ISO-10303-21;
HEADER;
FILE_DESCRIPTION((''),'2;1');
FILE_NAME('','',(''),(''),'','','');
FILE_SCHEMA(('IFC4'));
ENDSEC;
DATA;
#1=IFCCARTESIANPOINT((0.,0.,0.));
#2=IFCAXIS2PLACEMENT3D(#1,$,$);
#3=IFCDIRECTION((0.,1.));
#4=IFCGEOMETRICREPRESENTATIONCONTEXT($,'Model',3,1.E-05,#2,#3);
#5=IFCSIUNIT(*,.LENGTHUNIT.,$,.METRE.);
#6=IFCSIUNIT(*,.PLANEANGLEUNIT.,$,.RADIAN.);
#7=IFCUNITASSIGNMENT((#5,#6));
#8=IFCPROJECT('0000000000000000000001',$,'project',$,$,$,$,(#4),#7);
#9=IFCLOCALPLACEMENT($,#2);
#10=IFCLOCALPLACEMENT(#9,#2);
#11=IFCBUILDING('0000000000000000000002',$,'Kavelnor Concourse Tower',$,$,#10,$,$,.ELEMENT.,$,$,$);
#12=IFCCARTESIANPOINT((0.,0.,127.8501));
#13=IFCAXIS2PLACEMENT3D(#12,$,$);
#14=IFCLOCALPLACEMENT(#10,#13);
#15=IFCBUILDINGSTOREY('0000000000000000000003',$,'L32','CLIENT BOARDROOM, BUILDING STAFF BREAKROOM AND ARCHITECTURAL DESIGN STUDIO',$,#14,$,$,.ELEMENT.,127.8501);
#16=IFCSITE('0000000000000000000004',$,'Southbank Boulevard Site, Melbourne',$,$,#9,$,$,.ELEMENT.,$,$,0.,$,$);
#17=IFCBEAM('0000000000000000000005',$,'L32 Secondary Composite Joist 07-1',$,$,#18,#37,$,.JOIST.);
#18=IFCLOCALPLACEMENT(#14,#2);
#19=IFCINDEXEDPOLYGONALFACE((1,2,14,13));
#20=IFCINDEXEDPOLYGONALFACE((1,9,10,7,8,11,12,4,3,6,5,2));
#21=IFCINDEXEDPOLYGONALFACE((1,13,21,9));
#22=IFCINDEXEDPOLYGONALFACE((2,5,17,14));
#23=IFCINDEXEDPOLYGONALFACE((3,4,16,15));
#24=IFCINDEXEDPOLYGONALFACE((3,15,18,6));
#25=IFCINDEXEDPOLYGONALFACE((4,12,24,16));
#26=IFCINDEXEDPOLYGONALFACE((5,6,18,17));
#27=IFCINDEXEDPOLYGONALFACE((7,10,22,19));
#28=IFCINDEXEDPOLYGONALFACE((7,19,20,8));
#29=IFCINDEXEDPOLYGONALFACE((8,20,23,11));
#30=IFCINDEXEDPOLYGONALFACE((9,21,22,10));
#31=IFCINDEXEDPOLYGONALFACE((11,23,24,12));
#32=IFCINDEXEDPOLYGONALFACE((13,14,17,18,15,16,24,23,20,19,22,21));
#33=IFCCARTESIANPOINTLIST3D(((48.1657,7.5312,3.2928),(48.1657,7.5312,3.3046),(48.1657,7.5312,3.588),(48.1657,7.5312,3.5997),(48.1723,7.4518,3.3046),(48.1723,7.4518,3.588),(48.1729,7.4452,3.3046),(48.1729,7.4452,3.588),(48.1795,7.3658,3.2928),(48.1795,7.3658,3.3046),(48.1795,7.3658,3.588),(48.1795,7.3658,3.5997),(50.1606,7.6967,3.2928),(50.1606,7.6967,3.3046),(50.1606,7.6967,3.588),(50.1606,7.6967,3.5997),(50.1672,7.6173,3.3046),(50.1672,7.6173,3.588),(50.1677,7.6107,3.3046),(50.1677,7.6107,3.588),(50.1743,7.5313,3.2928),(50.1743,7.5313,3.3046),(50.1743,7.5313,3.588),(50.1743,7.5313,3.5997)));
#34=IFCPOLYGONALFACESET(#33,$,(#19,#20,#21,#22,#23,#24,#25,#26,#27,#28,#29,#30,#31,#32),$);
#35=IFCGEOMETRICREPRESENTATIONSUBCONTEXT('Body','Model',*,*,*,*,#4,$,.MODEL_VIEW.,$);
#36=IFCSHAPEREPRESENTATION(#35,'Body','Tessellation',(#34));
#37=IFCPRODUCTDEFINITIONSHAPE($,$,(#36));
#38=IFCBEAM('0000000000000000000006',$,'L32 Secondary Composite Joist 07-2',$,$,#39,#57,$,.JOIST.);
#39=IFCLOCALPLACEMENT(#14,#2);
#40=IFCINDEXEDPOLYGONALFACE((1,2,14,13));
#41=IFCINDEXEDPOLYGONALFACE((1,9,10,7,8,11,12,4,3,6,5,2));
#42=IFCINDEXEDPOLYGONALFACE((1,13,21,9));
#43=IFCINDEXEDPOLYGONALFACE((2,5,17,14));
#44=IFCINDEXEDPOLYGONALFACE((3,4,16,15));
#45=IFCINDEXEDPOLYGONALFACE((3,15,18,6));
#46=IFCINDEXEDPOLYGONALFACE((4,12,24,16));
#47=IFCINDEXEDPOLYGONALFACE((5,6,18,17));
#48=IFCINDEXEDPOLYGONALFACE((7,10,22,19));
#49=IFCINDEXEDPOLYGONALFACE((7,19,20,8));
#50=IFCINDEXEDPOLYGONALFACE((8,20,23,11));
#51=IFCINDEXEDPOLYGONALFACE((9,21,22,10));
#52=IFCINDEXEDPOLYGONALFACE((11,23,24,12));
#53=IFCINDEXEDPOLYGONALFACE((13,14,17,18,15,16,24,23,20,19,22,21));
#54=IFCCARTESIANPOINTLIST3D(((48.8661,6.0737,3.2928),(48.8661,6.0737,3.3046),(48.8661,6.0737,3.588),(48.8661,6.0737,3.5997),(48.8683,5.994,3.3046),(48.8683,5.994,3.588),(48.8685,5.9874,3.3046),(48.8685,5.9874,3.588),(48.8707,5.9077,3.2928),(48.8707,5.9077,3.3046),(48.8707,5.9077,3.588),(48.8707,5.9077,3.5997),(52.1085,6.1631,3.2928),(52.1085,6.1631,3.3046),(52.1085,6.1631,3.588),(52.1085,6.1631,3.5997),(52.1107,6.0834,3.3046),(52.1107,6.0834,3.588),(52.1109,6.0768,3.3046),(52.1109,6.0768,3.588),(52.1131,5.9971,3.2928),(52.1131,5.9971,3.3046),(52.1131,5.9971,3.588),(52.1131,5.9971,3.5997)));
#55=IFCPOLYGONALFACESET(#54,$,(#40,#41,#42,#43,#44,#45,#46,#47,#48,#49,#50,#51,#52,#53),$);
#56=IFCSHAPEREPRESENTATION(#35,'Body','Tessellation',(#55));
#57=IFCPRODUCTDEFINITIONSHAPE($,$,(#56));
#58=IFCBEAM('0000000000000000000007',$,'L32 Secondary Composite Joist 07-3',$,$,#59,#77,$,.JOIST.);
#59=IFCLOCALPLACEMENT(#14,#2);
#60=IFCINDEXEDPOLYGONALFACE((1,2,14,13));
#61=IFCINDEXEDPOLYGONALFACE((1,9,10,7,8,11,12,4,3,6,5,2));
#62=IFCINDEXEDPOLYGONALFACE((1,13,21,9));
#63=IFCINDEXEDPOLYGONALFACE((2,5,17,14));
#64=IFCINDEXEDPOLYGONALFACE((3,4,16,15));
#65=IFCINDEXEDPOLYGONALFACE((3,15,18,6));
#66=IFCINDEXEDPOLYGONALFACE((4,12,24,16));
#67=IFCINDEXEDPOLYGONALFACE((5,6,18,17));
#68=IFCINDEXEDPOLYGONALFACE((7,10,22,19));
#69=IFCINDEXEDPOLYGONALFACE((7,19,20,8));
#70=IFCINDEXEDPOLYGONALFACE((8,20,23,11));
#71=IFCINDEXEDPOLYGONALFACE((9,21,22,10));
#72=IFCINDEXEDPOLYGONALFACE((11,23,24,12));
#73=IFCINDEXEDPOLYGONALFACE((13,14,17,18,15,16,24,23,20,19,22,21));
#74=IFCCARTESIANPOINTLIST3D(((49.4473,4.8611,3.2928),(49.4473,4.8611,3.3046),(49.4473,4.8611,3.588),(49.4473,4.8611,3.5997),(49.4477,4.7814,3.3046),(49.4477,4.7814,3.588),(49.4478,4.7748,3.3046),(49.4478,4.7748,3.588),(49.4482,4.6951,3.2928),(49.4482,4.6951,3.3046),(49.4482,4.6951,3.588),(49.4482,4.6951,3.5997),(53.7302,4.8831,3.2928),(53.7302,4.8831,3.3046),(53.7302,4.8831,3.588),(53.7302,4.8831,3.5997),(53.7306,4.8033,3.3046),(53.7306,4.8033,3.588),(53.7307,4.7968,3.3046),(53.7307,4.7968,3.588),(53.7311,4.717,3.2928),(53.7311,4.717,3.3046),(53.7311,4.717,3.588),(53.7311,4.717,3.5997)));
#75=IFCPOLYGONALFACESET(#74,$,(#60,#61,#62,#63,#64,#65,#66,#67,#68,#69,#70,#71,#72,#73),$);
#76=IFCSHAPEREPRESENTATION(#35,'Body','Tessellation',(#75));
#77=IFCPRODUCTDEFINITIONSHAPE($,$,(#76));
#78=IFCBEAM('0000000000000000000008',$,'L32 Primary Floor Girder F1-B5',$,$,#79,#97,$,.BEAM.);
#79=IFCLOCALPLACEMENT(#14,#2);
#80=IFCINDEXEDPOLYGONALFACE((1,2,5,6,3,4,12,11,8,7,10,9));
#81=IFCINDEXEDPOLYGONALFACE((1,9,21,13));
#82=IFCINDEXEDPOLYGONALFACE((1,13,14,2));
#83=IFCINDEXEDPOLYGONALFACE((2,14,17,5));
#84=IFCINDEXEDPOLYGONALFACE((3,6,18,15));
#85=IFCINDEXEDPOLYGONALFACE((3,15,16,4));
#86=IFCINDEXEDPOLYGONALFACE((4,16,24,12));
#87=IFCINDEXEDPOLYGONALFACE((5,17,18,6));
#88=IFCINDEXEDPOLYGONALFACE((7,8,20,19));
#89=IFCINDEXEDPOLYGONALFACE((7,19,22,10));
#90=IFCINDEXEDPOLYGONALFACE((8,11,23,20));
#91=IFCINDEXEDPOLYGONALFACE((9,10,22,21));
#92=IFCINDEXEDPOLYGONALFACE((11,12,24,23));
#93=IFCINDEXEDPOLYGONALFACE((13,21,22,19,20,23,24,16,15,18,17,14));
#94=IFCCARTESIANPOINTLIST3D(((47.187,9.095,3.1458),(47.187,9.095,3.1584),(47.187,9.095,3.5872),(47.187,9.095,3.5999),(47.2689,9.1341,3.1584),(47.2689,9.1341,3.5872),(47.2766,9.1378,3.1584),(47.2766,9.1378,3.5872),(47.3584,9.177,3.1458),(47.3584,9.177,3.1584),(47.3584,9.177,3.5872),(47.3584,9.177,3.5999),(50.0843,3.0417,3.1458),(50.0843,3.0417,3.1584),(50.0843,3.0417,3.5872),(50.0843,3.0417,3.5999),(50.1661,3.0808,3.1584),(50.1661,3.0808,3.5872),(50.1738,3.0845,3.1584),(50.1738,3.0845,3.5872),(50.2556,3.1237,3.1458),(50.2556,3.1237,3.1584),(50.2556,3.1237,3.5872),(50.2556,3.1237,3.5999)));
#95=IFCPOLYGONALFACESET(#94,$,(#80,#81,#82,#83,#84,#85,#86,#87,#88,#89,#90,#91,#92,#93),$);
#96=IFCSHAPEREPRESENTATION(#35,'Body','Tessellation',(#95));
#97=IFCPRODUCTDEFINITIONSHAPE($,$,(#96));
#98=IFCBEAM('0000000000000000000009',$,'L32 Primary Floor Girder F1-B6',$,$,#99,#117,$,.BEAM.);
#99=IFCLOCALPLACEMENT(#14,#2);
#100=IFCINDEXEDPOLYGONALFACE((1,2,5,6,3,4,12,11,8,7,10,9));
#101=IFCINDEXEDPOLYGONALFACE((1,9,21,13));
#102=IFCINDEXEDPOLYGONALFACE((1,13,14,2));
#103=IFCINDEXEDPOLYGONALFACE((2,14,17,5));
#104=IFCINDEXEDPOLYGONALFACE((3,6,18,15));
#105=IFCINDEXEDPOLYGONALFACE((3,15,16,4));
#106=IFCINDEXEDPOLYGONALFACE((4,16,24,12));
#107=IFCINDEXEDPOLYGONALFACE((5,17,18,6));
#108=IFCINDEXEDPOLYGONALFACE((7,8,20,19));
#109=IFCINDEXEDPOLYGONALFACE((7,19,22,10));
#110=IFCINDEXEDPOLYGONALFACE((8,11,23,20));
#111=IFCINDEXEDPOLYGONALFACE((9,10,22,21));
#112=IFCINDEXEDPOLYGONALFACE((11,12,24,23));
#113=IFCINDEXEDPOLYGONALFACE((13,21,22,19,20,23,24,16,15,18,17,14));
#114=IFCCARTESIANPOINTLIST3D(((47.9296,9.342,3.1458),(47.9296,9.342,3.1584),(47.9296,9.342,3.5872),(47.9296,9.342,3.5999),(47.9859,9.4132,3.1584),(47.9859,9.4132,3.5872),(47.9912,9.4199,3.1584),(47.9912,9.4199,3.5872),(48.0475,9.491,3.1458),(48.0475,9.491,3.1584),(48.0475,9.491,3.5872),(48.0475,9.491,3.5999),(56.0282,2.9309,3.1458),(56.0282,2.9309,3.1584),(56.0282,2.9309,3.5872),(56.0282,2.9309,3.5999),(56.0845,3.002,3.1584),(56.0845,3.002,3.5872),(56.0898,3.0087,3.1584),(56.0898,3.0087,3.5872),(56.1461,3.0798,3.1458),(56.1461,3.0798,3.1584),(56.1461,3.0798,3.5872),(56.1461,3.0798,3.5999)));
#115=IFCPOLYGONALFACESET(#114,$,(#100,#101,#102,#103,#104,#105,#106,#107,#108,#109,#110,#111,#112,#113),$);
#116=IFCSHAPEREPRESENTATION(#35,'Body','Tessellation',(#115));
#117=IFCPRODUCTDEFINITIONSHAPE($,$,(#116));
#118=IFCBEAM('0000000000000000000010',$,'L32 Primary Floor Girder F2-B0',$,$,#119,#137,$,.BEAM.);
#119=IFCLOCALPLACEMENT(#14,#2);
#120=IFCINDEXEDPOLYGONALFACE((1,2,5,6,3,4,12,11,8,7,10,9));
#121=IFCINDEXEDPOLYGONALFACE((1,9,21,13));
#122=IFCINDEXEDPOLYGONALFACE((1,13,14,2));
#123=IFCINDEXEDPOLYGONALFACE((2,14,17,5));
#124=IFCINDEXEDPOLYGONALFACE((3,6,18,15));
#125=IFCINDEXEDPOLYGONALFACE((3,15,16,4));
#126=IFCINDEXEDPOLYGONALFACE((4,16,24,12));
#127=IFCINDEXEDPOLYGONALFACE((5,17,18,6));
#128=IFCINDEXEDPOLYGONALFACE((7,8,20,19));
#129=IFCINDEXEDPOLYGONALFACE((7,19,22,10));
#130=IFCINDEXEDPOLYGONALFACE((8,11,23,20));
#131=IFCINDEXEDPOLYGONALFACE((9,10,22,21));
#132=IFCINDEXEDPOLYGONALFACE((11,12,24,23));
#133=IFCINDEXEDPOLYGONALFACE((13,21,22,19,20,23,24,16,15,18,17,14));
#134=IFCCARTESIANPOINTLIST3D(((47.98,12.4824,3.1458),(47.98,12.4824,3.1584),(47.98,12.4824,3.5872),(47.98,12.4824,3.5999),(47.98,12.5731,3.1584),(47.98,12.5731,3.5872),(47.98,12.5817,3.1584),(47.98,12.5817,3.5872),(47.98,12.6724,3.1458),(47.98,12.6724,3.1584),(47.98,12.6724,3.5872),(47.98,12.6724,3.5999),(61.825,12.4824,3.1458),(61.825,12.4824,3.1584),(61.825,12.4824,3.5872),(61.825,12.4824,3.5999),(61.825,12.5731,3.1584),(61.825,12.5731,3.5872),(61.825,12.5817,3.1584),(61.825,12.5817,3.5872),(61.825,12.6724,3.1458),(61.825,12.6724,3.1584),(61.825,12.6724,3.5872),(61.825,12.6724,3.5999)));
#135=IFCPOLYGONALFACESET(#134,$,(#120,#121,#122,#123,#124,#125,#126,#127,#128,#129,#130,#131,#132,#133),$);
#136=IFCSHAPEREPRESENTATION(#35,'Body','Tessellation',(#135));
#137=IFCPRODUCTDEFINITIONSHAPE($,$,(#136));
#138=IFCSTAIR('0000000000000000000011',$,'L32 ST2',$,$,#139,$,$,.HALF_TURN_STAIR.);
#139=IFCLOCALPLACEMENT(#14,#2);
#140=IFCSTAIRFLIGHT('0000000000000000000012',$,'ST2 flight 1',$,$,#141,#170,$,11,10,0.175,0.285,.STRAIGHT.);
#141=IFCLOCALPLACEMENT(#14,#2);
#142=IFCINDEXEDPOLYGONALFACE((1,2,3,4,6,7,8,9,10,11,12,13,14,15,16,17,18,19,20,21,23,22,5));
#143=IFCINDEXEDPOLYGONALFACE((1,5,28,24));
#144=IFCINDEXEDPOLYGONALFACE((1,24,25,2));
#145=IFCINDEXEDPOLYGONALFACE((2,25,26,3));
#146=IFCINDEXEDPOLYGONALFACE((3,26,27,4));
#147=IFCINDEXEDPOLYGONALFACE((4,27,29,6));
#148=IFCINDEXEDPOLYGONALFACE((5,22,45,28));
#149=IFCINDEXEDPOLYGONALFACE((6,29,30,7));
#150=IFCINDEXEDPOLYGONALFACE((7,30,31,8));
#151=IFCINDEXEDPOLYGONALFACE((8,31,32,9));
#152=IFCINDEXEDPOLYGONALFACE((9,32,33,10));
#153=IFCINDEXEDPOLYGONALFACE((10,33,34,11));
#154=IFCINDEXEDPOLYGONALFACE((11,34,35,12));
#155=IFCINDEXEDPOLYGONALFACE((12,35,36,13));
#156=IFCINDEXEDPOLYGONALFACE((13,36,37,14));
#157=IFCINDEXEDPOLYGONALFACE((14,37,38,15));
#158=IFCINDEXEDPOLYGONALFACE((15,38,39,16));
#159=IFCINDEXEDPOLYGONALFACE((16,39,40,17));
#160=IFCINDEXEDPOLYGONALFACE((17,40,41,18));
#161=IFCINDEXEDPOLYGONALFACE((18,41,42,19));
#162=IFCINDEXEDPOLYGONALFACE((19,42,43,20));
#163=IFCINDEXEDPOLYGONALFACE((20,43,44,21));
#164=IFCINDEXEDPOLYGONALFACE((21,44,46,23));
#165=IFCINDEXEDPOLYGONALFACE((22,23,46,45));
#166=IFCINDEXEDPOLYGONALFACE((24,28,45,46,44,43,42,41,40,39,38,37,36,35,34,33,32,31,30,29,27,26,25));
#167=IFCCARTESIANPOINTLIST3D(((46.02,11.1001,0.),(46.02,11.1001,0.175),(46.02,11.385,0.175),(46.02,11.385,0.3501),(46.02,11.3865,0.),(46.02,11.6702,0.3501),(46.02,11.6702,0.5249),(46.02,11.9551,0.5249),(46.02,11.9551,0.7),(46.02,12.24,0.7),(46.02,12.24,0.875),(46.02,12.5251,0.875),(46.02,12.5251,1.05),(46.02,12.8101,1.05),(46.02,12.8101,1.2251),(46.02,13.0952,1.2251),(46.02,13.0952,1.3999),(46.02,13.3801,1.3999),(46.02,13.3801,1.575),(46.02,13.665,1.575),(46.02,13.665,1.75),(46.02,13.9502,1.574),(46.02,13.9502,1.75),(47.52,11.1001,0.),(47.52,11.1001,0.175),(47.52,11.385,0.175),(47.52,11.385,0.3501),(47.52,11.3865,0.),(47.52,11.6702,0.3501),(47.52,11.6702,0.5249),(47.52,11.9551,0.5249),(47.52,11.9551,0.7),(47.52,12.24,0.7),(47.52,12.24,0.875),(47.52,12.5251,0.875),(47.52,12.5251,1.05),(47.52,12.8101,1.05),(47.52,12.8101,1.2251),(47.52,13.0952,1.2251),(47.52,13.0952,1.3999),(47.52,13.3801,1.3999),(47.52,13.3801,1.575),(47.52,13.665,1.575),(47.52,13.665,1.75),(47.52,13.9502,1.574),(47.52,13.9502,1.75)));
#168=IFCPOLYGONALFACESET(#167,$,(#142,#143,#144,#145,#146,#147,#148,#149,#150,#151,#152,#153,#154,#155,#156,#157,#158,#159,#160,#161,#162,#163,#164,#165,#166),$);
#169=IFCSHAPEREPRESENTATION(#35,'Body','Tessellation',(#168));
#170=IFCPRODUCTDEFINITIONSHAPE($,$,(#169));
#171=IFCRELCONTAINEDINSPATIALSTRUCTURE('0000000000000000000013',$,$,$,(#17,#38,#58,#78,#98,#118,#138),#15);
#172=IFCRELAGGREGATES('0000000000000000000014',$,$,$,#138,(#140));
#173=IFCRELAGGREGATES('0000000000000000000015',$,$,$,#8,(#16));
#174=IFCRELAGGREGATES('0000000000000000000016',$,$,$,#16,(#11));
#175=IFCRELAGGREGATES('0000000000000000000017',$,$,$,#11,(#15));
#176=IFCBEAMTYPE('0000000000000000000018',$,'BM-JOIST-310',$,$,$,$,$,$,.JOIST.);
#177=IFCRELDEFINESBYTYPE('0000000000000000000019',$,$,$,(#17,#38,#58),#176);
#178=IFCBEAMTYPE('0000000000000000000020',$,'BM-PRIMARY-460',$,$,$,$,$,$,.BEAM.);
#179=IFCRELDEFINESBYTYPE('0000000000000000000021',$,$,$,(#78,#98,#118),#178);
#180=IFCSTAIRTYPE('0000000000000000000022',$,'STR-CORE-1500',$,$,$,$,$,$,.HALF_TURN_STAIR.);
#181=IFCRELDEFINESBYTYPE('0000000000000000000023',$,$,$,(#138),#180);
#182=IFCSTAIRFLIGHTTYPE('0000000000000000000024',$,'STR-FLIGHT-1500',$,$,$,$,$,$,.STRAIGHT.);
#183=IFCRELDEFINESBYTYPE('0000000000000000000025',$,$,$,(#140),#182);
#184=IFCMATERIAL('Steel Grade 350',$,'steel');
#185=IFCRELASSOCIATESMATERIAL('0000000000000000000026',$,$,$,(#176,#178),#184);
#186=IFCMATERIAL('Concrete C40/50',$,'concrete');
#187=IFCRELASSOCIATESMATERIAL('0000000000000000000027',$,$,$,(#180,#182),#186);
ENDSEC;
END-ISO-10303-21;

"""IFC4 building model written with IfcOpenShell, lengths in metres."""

from ifc_helpers import new_model, si_unit, direction, frame, origin, origin_2d, place, context, subcontext, project, spatial, polyline, i_section, outline, extrude, material, material_profile, profile_set, type_object, element, aggregate, save


model = new_model("IFC4")

# Units and contexts
model_context = context("Model", 3, precision=1e-05, world=origin(), true_north=direction((0.0, 1.0)))
body_context = subcontext(model_context, "Body", "Model", "MODEL_VIEW")
ifc_project = project(units=[si_unit("LENGTHUNIT", "METRE"), si_unit("PLANEANGLEUNIT", "RADIAN")], contexts=[model_context])

# Site, building, storey
site_placement = place(None, origin())
site = spatial("IfcSite", under=ifc_project, at=site_placement, Name="Southbank Boulevard Site, Melbourne", CompositionType="ELEMENT", RefElevation=0.0)
building_placement = place(site_placement, origin())
building = spatial("IfcBuilding", under=site, at=building_placement, Name="Kavelnor Concourse Tower", CompositionType="ELEMENT")
storey_placement = place(building_placement, frame((0.0, 0.0, 127.8501)))
storey = spatial("IfcBuildingStorey", under=building, at=storey_placement, Name="L32", Description="CLIENT BOARDROOM, BUILDING STAFF BREAKROOM AND ARCHITECTURAL DESIGN STUDIO", CompositionType="ELEMENT", Elevation=127.8501)

# Beams
ifc_material_1 = material(Name="Steel Grade 350", Category="steel")
ifc_material_profile_1 = material_profile(ifc_material_1, i_section(OverallWidth=0.166, OverallDepth=0.3069, WebThickness=0.0066, FlangeThickness=0.0117, at=origin_2d()), Name="310UB46")
ifc_profile_set_1 = profile_set([ifc_material_profile_1], Name="Steel Grade 350")
beam_type_1 = type_object("IfcBeamType", Name="BM-JOIST-310", PredefinedType="JOIST", material=ifc_profile_set_1)
beam_1_placement = place(storey_placement, frame((48.1726, 7.4485, 3.4463), z_axis=(0.996575, 0.082692, 0.0), x_axis=(-0.082692, 0.996575, 0.0)))
element("IfcBeam", 1, at=beam_1_placement, inside=storey, type_object=beam_type_1, Name="L32 Secondary Composite Joist 07-1", PredefinedType="JOIST", context=body_context, shape_type="SweptSolid", body=[
    extrude(i_section(OverallWidth=0.166, OverallDepth=0.3069, WebThickness=0.0066, FlangeThickness=0.0117, at=origin_2d()), origin(), (0.0, 0.0, 1.0), 2.0017),
])
beam_2_placement = place(storey_placement, frame((48.8684, 5.9907, 3.4463), z_axis=(0.99962, 0.027548, 0.0), x_axis=(-0.027548, 0.99962, 0.0)))
element("IfcBeam", 2, at=beam_2_placement, inside=storey, type_object=beam_type_1, Name="L32 Secondary Composite Joist 07-2", PredefinedType="JOIST", context=body_context, shape_type="SweptSolid", body=[
    extrude(i_section(OverallWidth=0.166, OverallDepth=0.3069, WebThickness=0.0066, FlangeThickness=0.0117, at=origin_2d()), origin(), (0.0, 0.0, 1.0), 3.2437),
])
beam_3_placement = place(storey_placement, frame((49.4478, 4.7781, 3.4463), z_axis=(0.999987, 0.00513, 0.0), x_axis=(-0.00513, 0.999987, 0.0)))
element("IfcBeam", 3, at=beam_3_placement, inside=storey, type_object=beam_type_1, Name="L32 Secondary Composite Joist 07-3", PredefinedType="JOIST", context=body_context, shape_type="SweptSolid", body=[
    extrude(i_section(OverallWidth=0.166, OverallDepth=0.3069, WebThickness=0.0066, FlangeThickness=0.0117, at=origin_2d()), origin(), (0.0, 0.0, 1.0), 4.283),
])
ifc_material_profile_2 = material_profile(ifc_material_1, i_section(OverallWidth=0.1899, OverallDepth=0.4541, WebThickness=0.0085, FlangeThickness=0.0127, at=origin_2d()), Name="460UB67")
ifc_profile_set_2 = profile_set([ifc_material_profile_2], Name="Steel Grade 350")
beam_type_2 = type_object("IfcBeamType", Name="BM-PRIMARY-460", PredefinedType="BEAM", material=ifc_profile_set_2)
beam_4_placement = place(storey_placement, frame((47.2727, 9.136, 3.3728), z_axis=(0.431722, -0.902007, 0.0), x_axis=(0.902007, 0.431722, 0.0)))
element("IfcBeam", 4, at=beam_4_placement, inside=storey, type_object=beam_type_2, Name="L32 Primary Floor Girder F1-B5", PredefinedType="BEAM", context=body_context, shape_type="SweptSolid", body=[
    extrude(i_section(OverallWidth=0.1899, OverallDepth=0.4541, WebThickness=0.0085, FlangeThickness=0.0127, at=origin_2d()), origin(), (0.0, 0.0, 1.0), 6.7109),
])
beam_5_placement = place(storey_placement, frame((47.9885, 9.4165, 3.3728), z_axis=(0.784059, -0.620686, 0.0), x_axis=(0.620686, 0.784059, 0.0)))
element("IfcBeam", 5, at=beam_5_placement, inside=storey, type_object=beam_type_2, Name="L32 Primary Floor Girder F1-B6", PredefinedType="BEAM", context=body_context, shape_type="SweptSolid", body=[
    extrude(i_section(OverallWidth=0.1899, OverallDepth=0.4541, WebThickness=0.0085, FlangeThickness=0.0127, at=origin_2d()), origin(), (0.0, 0.0, 1.0), 10.3291),
])
beam_6_placement = place(storey_placement, frame((47.98, 12.5774, 3.3728), z_axis=(1.0, 0.0, 0.0), x_axis=(0.0, 1.0, 0.0)))
element("IfcBeam", 6, at=beam_6_placement, inside=storey, type_object=beam_type_2, Name="L32 Primary Floor Girder F2-B0", PredefinedType="BEAM", context=body_context, shape_type="SweptSolid", body=[
    extrude(i_section(OverallWidth=0.1899, OverallDepth=0.4541, WebThickness=0.0085, FlangeThickness=0.0127, at=origin_2d()), origin(), (0.0, 0.0, 1.0), 13.845),
])

# Stair, stair flight
ifc_material_2 = material(Name="Concrete C40/50", Category="concrete")
stair_type = type_object("IfcStairType", Name="STR-CORE-1500", PredefinedType="HALF_TURN_STAIR", material=ifc_material_2)
stair_placement = place(storey_placement, origin())
stair = element("IfcStair", 7, at=stair_placement, inside=storey, type_object=stair_type, Name="L32 ST2", PredefinedType="HALF_TURN_STAIR")
stair_flight_type = type_object("IfcStairFlightType", Name="STR-FLIGHT-1500", PredefinedType="STRAIGHT", material=ifc_material_2)
stair_flight_1_placement = place(storey_placement, frame((46.77, 11.1001, 0.0), z_axis=(0.0, 0.0, 1.0), x_axis=(0.0, 1.0, 0.0)))
stair_flight_1 = element("IfcStairFlight", 8, at=stair_flight_1_placement, type_object=stair_flight_type, Name="ST2 flight 1", NumberOfRisers=11, NumberOfTreads=10, PredefinedType="STRAIGHT", RiserHeight=0.175, TreadLength=0.285, context=body_context, shape_type="SweptSolid", body=[
    extrude(outline(polyline([(0.0, 0.0), (0.0, 0.175), (0.2849, 0.175), (0.2849, 0.3501), (0.5701, 0.3501), (0.5701, 0.5249), (0.855, 0.5249), (0.855, 0.7), (1.1399, 0.7), (1.1399, 0.875), (1.425, 0.875), (1.425, 1.05), (1.71, 1.05), (1.71, 1.2251), (1.9951, 1.2251), (1.9951, 1.3999), (2.28, 1.3999), (2.28, 1.575), (2.5649, 1.575), (2.5649, 1.75), (2.8501, 1.75), (2.8501, 1.925), (2.8501, 1.574), (0.2864, 0.0), (0.0, 0.0)])), frame((0.0, 0.75, 0.0), z_axis=(0.0, -1.0, 0.0), x_axis=(1.0, 0.0, 0.0)), (0.0, 0.0, 1.0), 1.5),
])
aggregate(stair, [stair_flight_1])

save(model, "model.ifc")
